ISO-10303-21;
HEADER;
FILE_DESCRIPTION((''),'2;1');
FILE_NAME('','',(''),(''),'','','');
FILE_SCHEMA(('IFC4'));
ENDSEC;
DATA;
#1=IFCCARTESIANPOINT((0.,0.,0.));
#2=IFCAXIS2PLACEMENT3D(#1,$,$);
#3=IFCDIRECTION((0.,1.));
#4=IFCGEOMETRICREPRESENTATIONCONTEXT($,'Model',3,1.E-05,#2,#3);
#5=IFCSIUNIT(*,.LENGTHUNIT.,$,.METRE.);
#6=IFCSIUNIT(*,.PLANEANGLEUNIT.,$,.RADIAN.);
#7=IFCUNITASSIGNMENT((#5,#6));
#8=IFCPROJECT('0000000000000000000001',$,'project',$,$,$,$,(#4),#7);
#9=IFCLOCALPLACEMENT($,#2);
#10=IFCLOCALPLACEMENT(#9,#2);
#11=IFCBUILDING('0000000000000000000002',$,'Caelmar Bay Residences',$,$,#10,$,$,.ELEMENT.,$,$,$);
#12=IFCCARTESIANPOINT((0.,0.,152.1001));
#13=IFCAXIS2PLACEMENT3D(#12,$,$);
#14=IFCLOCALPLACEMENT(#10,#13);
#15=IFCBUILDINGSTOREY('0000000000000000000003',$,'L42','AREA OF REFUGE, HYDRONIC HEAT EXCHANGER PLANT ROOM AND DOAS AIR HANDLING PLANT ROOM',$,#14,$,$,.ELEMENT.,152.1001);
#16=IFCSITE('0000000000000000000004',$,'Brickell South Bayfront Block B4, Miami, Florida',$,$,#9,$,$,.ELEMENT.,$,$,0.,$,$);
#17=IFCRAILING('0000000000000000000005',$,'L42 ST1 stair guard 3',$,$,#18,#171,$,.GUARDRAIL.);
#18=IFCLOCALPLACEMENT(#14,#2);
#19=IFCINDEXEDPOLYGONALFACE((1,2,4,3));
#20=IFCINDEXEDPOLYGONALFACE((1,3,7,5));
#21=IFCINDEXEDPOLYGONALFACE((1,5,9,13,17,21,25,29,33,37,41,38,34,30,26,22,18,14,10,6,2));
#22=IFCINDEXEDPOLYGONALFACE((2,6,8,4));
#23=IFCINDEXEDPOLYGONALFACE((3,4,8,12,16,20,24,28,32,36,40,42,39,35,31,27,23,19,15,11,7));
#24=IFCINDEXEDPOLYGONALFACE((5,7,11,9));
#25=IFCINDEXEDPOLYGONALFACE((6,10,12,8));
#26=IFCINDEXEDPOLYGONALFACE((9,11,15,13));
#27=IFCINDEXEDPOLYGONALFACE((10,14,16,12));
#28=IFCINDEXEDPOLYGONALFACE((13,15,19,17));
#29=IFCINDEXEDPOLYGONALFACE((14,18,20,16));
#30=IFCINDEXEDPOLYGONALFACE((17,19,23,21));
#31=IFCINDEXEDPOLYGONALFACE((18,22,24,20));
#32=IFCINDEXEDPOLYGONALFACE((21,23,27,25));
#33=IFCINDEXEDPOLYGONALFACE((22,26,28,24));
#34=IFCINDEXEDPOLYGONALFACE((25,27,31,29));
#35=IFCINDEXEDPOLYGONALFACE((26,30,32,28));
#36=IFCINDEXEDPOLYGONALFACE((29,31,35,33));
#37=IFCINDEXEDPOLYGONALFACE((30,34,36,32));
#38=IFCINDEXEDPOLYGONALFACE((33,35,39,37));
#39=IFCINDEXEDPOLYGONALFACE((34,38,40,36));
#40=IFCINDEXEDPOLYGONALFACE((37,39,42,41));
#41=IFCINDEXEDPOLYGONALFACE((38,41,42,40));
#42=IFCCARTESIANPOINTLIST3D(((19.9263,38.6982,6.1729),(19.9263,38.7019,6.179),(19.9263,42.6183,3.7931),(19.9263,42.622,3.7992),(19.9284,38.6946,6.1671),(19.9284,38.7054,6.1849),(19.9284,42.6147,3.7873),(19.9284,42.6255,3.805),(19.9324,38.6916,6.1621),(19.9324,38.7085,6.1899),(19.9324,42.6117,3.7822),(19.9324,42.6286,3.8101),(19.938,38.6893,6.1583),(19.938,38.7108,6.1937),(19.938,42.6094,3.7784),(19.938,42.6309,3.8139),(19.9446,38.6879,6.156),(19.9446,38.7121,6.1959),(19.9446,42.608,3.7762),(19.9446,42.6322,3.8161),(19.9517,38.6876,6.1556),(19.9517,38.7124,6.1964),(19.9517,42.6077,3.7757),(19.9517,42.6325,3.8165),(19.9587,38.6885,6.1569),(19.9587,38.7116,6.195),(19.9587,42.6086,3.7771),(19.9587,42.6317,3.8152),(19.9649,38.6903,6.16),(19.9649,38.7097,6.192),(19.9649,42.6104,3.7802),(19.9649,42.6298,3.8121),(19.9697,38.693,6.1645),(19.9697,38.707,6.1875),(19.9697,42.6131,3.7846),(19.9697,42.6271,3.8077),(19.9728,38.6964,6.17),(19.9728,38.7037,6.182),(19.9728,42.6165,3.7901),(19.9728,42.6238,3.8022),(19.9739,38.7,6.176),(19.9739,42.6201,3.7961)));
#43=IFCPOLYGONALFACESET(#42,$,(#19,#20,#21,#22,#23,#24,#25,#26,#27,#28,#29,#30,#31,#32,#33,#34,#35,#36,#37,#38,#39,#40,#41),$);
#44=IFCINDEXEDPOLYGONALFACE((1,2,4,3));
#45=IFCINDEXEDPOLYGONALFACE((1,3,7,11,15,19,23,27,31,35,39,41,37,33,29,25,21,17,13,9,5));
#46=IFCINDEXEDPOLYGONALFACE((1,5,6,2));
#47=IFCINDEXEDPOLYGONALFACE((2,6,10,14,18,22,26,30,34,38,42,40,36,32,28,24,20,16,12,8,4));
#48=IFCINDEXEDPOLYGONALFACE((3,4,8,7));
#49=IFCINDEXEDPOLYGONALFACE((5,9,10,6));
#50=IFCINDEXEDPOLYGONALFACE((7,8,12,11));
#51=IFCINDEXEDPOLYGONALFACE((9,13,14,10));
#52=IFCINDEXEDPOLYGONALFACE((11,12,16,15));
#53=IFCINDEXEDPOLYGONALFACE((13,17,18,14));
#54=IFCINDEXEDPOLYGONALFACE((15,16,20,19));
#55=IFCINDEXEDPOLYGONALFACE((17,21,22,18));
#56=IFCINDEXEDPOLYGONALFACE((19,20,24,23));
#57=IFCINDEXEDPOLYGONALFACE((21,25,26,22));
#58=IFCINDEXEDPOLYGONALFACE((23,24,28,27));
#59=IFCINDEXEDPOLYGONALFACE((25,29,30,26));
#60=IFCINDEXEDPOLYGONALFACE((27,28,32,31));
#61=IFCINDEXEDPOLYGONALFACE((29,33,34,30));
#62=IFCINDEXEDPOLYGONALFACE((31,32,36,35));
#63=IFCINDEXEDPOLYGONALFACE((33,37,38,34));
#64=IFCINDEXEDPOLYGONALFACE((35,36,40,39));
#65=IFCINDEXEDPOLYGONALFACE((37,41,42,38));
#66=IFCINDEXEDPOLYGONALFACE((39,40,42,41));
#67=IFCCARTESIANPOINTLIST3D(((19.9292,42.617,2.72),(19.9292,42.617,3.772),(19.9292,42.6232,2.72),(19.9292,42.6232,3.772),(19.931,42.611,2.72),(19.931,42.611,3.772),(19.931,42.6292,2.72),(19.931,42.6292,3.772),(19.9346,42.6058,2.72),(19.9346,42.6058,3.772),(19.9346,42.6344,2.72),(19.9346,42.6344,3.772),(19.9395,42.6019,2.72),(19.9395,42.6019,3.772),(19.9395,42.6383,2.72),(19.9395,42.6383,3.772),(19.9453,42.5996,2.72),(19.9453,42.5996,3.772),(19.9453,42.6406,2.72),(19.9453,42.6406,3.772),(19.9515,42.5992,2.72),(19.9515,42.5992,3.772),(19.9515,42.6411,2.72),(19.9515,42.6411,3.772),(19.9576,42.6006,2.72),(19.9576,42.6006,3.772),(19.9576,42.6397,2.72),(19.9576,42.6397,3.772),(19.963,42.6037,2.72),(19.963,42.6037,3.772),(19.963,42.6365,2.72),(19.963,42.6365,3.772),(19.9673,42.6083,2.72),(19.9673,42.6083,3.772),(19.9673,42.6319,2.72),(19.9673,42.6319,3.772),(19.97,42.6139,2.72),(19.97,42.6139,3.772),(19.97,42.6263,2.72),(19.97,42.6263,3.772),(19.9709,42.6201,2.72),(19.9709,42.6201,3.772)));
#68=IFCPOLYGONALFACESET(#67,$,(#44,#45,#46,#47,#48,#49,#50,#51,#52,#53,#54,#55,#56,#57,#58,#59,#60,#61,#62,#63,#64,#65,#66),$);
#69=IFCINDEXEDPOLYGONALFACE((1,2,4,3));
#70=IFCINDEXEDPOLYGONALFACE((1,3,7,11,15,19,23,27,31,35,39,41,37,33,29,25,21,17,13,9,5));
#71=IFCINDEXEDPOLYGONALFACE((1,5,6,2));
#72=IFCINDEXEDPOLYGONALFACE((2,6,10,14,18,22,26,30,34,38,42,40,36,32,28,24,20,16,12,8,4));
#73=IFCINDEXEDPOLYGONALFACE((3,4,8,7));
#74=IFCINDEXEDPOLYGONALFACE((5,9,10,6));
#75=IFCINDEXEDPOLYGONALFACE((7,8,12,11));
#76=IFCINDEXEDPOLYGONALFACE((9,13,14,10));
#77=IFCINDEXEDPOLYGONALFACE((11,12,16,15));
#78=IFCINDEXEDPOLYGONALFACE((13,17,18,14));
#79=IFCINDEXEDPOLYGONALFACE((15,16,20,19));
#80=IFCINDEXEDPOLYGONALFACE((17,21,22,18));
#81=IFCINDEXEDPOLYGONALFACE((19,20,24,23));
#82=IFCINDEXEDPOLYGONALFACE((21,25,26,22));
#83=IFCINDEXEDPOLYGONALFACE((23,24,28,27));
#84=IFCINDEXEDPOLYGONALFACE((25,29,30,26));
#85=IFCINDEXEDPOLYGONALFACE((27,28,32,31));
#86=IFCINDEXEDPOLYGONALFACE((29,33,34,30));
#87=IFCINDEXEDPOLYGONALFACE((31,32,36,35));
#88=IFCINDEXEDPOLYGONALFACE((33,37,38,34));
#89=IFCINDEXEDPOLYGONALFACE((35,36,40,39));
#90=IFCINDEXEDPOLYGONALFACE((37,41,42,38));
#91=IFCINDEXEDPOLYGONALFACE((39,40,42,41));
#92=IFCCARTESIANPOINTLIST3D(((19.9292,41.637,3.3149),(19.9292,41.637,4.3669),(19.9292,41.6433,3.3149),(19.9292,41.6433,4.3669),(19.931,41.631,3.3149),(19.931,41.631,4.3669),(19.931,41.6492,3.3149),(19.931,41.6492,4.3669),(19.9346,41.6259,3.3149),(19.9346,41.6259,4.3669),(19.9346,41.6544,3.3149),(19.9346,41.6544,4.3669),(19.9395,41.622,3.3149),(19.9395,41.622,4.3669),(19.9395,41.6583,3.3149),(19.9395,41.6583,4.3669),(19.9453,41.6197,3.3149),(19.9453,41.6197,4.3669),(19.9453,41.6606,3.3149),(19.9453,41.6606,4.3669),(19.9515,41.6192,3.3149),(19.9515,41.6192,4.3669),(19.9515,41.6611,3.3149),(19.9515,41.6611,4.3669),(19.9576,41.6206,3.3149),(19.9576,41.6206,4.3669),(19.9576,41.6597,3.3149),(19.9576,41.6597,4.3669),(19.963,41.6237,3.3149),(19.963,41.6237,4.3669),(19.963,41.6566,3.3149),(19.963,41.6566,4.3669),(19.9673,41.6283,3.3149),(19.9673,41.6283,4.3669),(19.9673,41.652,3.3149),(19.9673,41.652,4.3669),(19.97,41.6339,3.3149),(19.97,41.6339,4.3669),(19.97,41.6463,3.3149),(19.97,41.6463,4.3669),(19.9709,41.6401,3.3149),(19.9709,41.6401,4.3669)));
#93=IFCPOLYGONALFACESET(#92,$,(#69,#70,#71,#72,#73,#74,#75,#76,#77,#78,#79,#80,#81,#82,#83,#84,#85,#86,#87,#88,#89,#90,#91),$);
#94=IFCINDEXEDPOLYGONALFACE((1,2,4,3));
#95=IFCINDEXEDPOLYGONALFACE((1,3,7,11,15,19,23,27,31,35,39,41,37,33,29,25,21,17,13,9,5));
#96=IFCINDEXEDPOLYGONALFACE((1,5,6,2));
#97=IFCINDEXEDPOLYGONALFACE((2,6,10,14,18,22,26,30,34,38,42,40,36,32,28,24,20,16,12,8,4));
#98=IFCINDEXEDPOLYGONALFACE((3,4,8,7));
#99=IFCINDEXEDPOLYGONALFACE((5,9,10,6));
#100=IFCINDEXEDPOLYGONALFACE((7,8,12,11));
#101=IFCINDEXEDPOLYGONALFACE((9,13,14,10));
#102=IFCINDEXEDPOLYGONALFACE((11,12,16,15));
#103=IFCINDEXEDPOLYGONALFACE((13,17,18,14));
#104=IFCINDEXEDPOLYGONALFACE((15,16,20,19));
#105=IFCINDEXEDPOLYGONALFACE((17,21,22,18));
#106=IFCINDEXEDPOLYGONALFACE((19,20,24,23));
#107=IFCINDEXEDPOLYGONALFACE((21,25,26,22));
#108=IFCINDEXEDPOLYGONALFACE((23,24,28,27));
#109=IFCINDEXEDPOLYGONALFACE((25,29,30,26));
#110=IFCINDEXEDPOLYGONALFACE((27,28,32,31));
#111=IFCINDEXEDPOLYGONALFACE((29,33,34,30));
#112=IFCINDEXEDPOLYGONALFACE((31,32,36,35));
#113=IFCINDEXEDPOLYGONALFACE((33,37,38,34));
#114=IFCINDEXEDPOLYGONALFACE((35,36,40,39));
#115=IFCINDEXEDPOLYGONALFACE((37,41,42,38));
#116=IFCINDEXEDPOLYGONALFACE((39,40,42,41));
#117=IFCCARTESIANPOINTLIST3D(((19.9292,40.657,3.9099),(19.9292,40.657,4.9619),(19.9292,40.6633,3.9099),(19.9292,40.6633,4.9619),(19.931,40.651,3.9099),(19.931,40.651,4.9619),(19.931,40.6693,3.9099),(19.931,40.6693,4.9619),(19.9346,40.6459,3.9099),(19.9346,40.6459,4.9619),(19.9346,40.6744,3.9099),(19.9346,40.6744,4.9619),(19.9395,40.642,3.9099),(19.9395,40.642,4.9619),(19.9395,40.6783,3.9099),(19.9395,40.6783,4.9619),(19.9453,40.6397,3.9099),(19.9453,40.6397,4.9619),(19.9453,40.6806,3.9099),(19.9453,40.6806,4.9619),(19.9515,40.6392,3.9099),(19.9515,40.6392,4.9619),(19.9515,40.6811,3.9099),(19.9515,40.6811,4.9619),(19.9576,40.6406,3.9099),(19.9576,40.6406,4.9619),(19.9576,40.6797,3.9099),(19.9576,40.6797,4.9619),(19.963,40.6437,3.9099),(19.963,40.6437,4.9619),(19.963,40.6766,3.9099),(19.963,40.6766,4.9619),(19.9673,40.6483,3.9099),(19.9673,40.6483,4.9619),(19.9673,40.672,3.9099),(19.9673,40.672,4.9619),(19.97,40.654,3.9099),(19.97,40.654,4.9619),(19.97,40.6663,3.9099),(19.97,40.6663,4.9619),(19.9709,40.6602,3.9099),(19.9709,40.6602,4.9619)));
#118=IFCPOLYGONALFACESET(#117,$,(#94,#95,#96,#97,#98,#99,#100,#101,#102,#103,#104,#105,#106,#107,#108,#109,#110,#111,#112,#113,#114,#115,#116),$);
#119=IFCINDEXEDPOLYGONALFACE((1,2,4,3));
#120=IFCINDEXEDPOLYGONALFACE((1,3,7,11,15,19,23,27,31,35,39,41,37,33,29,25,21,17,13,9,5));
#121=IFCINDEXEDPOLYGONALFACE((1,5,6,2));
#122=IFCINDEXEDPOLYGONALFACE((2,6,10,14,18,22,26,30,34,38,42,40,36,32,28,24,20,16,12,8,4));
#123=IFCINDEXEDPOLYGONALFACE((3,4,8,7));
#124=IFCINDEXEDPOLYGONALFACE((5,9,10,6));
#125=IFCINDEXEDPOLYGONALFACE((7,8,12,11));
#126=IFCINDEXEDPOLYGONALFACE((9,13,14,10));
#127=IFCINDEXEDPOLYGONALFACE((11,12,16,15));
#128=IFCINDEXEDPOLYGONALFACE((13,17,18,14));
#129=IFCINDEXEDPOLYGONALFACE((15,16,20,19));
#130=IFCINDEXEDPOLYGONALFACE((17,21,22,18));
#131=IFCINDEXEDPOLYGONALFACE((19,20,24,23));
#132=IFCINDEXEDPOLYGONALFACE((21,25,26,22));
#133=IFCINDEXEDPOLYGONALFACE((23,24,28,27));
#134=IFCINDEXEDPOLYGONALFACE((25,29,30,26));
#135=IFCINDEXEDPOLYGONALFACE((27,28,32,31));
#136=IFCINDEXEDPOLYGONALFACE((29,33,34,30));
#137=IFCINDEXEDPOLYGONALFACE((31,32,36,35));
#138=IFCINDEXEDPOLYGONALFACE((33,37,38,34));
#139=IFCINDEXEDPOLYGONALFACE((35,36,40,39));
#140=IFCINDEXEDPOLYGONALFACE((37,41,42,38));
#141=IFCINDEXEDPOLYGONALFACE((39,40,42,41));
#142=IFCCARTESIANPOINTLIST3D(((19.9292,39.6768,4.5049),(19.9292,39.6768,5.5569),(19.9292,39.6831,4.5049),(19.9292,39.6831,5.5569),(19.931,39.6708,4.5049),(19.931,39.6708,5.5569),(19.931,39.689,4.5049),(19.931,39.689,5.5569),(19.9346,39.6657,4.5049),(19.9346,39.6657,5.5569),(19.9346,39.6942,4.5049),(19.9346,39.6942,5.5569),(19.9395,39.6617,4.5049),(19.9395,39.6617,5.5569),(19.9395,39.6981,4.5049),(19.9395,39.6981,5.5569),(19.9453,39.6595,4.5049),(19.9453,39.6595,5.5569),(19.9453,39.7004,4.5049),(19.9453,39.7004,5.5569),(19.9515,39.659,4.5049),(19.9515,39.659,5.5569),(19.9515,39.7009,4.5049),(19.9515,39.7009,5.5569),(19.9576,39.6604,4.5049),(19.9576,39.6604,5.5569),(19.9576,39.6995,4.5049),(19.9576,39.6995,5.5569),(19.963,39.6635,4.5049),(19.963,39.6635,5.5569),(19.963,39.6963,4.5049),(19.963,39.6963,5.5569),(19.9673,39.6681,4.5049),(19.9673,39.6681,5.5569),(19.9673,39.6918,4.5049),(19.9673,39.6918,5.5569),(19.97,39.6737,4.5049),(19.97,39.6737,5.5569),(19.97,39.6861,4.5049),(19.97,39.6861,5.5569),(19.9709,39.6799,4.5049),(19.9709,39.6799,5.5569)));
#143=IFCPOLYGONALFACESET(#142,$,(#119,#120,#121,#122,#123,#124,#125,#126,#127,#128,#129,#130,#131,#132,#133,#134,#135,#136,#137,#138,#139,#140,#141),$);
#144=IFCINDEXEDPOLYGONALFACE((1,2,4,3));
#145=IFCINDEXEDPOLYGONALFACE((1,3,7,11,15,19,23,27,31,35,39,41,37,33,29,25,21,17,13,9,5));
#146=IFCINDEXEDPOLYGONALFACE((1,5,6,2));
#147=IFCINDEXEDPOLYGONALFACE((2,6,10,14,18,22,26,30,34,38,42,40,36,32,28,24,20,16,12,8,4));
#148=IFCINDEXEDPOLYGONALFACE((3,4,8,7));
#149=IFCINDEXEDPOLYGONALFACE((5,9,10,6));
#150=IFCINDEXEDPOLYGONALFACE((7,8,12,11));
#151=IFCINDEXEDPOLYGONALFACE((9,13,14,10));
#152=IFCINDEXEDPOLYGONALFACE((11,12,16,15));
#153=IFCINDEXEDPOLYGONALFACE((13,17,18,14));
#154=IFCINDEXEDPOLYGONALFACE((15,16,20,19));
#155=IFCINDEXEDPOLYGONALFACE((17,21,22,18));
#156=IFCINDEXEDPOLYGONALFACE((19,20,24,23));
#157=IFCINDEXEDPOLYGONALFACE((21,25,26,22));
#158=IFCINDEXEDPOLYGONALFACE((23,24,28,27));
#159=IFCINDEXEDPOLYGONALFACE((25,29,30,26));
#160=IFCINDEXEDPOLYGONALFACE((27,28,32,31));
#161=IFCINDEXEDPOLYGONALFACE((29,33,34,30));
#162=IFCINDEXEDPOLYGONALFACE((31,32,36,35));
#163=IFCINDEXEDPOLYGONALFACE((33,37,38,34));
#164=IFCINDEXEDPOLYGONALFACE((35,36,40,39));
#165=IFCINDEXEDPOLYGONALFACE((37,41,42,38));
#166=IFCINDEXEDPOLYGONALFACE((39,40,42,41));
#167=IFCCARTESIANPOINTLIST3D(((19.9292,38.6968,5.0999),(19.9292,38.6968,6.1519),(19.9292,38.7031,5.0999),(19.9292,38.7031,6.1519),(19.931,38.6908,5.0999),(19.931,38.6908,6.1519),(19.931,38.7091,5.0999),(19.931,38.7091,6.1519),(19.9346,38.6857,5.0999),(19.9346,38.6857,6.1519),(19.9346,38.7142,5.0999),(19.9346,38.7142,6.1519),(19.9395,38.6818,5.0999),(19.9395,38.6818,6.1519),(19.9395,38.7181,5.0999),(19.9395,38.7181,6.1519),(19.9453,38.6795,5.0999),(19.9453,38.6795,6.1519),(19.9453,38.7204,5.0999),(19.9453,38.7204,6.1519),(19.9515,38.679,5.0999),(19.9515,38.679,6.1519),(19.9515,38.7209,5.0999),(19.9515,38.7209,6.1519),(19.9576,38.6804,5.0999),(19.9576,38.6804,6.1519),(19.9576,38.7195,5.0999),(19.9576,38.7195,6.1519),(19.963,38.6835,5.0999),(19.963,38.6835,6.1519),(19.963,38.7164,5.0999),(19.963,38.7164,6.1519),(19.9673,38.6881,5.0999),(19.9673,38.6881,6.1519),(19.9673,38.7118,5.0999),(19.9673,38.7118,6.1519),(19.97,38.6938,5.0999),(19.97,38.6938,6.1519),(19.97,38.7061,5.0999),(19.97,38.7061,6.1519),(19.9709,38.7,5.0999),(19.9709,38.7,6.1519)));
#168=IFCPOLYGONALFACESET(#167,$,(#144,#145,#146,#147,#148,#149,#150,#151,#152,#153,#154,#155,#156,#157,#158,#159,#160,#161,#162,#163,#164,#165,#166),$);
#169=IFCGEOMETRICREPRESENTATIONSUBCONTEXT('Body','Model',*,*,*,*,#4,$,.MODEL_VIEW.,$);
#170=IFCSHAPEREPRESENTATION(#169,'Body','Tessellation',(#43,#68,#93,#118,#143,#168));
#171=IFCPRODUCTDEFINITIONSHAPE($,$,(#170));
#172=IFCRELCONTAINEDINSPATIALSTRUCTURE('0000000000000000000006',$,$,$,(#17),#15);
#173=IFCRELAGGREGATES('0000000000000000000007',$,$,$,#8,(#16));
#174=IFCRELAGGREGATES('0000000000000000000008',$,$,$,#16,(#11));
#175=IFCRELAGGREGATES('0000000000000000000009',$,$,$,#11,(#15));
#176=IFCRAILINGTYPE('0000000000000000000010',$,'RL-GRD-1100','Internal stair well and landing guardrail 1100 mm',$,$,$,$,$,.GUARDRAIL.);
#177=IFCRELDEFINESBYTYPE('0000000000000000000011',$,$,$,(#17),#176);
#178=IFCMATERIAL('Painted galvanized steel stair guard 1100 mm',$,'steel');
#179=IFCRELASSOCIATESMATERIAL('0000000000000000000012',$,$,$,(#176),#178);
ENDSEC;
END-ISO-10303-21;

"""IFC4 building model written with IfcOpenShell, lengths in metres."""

from ifc_helpers import new_model, si_unit, direction, frame, origin, origin_2d, place, context, subcontext, project, spatial, circle, extrude, material, type_object, element, save


model = new_model("IFC4")

# Units and contexts
model_context = context("Model", 3, precision=1e-05, world=origin(), true_north=direction((0.0, 1.0)))
body_context = subcontext(model_context, "Body", "Model", "MODEL_VIEW")
ifc_project = project(units=[si_unit("LENGTHUNIT", "METRE"), si_unit("PLANEANGLEUNIT", "RADIAN")], contexts=[model_context])

# Site, building, storey
site_placement = place(None, origin())
site = spatial("IfcSite", under=ifc_project, at=site_placement, Name="Brickell South Bayfront Block B4, Miami, Florida", CompositionType="ELEMENT", RefElevation=0.0)
building_placement = place(site_placement, origin())
building = spatial("IfcBuilding", under=site, at=building_placement, Name="Caelmar Bay Residences", CompositionType="ELEMENT")
storey_placement = place(building_placement, frame((0.0, 0.0, 152.1001)))
storey = spatial("IfcBuildingStorey", under=building, at=storey_placement, Name="L42", Description="AREA OF REFUGE, HYDRONIC HEAT EXCHANGER PLANT ROOM AND DOAS AIR HANDLING PLANT ROOM", CompositionType="ELEMENT", Elevation=152.1001)

# Railing
ifc_material_1 = material(Name="Painted galvanized steel stair guard 1100 mm", Category="steel")
railing_type_1 = type_object("IfcRailingType", Name="RL-GRD-1100", Description="Internal stair well and landing guardrail 1100 mm", PredefinedType="GUARDRAIL", material=ifc_material_1)
railing_1_placement = place(storey_placement, frame((19.95, 42.6201, 2.72)))
element("IfcRailing", 1, at=railing_1_placement, inside=storey, type_object=railing_type_1, Name="L42 ST1 stair guard 3", PredefinedType="GUARDRAIL", context=body_context, shape_type="SweptSolid", body=[
    extrude(circle(Radius=0.0239, at=origin_2d()), frame((0.0, 0.0, 1.0762), z_axis=(0.0, -0.854809, 0.518943), x_axis=(1.0, 0.0, 0.0)), (0.0, 0.0, 1.0), 4.5859),
    extrude(circle(Radius=0.021, at=origin_2d()), origin(), (0.0, 0.0, 1.0), 1.052),
    extrude(circle(Radius=0.021, at=origin_2d()), frame((0.0, -0.98, 0.595)), (0.0, 0.0, 1.0), 1.052),
    extrude(circle(Radius=0.021, at=origin_2d()), frame((0.0, -1.96, 1.1899)), (0.0, 0.0, 1.0), 1.052),
    extrude(circle(Radius=0.021, at=origin_2d()), frame((0.0, -2.9402, 1.7849)), (0.0, 0.0, 1.0), 1.052),
    extrude(circle(Radius=0.021, at=origin_2d()), frame((0.0, -3.9202, 2.3799)), (0.0, 0.0, 1.0), 1.052),
])

save(model, "model.ifc")
